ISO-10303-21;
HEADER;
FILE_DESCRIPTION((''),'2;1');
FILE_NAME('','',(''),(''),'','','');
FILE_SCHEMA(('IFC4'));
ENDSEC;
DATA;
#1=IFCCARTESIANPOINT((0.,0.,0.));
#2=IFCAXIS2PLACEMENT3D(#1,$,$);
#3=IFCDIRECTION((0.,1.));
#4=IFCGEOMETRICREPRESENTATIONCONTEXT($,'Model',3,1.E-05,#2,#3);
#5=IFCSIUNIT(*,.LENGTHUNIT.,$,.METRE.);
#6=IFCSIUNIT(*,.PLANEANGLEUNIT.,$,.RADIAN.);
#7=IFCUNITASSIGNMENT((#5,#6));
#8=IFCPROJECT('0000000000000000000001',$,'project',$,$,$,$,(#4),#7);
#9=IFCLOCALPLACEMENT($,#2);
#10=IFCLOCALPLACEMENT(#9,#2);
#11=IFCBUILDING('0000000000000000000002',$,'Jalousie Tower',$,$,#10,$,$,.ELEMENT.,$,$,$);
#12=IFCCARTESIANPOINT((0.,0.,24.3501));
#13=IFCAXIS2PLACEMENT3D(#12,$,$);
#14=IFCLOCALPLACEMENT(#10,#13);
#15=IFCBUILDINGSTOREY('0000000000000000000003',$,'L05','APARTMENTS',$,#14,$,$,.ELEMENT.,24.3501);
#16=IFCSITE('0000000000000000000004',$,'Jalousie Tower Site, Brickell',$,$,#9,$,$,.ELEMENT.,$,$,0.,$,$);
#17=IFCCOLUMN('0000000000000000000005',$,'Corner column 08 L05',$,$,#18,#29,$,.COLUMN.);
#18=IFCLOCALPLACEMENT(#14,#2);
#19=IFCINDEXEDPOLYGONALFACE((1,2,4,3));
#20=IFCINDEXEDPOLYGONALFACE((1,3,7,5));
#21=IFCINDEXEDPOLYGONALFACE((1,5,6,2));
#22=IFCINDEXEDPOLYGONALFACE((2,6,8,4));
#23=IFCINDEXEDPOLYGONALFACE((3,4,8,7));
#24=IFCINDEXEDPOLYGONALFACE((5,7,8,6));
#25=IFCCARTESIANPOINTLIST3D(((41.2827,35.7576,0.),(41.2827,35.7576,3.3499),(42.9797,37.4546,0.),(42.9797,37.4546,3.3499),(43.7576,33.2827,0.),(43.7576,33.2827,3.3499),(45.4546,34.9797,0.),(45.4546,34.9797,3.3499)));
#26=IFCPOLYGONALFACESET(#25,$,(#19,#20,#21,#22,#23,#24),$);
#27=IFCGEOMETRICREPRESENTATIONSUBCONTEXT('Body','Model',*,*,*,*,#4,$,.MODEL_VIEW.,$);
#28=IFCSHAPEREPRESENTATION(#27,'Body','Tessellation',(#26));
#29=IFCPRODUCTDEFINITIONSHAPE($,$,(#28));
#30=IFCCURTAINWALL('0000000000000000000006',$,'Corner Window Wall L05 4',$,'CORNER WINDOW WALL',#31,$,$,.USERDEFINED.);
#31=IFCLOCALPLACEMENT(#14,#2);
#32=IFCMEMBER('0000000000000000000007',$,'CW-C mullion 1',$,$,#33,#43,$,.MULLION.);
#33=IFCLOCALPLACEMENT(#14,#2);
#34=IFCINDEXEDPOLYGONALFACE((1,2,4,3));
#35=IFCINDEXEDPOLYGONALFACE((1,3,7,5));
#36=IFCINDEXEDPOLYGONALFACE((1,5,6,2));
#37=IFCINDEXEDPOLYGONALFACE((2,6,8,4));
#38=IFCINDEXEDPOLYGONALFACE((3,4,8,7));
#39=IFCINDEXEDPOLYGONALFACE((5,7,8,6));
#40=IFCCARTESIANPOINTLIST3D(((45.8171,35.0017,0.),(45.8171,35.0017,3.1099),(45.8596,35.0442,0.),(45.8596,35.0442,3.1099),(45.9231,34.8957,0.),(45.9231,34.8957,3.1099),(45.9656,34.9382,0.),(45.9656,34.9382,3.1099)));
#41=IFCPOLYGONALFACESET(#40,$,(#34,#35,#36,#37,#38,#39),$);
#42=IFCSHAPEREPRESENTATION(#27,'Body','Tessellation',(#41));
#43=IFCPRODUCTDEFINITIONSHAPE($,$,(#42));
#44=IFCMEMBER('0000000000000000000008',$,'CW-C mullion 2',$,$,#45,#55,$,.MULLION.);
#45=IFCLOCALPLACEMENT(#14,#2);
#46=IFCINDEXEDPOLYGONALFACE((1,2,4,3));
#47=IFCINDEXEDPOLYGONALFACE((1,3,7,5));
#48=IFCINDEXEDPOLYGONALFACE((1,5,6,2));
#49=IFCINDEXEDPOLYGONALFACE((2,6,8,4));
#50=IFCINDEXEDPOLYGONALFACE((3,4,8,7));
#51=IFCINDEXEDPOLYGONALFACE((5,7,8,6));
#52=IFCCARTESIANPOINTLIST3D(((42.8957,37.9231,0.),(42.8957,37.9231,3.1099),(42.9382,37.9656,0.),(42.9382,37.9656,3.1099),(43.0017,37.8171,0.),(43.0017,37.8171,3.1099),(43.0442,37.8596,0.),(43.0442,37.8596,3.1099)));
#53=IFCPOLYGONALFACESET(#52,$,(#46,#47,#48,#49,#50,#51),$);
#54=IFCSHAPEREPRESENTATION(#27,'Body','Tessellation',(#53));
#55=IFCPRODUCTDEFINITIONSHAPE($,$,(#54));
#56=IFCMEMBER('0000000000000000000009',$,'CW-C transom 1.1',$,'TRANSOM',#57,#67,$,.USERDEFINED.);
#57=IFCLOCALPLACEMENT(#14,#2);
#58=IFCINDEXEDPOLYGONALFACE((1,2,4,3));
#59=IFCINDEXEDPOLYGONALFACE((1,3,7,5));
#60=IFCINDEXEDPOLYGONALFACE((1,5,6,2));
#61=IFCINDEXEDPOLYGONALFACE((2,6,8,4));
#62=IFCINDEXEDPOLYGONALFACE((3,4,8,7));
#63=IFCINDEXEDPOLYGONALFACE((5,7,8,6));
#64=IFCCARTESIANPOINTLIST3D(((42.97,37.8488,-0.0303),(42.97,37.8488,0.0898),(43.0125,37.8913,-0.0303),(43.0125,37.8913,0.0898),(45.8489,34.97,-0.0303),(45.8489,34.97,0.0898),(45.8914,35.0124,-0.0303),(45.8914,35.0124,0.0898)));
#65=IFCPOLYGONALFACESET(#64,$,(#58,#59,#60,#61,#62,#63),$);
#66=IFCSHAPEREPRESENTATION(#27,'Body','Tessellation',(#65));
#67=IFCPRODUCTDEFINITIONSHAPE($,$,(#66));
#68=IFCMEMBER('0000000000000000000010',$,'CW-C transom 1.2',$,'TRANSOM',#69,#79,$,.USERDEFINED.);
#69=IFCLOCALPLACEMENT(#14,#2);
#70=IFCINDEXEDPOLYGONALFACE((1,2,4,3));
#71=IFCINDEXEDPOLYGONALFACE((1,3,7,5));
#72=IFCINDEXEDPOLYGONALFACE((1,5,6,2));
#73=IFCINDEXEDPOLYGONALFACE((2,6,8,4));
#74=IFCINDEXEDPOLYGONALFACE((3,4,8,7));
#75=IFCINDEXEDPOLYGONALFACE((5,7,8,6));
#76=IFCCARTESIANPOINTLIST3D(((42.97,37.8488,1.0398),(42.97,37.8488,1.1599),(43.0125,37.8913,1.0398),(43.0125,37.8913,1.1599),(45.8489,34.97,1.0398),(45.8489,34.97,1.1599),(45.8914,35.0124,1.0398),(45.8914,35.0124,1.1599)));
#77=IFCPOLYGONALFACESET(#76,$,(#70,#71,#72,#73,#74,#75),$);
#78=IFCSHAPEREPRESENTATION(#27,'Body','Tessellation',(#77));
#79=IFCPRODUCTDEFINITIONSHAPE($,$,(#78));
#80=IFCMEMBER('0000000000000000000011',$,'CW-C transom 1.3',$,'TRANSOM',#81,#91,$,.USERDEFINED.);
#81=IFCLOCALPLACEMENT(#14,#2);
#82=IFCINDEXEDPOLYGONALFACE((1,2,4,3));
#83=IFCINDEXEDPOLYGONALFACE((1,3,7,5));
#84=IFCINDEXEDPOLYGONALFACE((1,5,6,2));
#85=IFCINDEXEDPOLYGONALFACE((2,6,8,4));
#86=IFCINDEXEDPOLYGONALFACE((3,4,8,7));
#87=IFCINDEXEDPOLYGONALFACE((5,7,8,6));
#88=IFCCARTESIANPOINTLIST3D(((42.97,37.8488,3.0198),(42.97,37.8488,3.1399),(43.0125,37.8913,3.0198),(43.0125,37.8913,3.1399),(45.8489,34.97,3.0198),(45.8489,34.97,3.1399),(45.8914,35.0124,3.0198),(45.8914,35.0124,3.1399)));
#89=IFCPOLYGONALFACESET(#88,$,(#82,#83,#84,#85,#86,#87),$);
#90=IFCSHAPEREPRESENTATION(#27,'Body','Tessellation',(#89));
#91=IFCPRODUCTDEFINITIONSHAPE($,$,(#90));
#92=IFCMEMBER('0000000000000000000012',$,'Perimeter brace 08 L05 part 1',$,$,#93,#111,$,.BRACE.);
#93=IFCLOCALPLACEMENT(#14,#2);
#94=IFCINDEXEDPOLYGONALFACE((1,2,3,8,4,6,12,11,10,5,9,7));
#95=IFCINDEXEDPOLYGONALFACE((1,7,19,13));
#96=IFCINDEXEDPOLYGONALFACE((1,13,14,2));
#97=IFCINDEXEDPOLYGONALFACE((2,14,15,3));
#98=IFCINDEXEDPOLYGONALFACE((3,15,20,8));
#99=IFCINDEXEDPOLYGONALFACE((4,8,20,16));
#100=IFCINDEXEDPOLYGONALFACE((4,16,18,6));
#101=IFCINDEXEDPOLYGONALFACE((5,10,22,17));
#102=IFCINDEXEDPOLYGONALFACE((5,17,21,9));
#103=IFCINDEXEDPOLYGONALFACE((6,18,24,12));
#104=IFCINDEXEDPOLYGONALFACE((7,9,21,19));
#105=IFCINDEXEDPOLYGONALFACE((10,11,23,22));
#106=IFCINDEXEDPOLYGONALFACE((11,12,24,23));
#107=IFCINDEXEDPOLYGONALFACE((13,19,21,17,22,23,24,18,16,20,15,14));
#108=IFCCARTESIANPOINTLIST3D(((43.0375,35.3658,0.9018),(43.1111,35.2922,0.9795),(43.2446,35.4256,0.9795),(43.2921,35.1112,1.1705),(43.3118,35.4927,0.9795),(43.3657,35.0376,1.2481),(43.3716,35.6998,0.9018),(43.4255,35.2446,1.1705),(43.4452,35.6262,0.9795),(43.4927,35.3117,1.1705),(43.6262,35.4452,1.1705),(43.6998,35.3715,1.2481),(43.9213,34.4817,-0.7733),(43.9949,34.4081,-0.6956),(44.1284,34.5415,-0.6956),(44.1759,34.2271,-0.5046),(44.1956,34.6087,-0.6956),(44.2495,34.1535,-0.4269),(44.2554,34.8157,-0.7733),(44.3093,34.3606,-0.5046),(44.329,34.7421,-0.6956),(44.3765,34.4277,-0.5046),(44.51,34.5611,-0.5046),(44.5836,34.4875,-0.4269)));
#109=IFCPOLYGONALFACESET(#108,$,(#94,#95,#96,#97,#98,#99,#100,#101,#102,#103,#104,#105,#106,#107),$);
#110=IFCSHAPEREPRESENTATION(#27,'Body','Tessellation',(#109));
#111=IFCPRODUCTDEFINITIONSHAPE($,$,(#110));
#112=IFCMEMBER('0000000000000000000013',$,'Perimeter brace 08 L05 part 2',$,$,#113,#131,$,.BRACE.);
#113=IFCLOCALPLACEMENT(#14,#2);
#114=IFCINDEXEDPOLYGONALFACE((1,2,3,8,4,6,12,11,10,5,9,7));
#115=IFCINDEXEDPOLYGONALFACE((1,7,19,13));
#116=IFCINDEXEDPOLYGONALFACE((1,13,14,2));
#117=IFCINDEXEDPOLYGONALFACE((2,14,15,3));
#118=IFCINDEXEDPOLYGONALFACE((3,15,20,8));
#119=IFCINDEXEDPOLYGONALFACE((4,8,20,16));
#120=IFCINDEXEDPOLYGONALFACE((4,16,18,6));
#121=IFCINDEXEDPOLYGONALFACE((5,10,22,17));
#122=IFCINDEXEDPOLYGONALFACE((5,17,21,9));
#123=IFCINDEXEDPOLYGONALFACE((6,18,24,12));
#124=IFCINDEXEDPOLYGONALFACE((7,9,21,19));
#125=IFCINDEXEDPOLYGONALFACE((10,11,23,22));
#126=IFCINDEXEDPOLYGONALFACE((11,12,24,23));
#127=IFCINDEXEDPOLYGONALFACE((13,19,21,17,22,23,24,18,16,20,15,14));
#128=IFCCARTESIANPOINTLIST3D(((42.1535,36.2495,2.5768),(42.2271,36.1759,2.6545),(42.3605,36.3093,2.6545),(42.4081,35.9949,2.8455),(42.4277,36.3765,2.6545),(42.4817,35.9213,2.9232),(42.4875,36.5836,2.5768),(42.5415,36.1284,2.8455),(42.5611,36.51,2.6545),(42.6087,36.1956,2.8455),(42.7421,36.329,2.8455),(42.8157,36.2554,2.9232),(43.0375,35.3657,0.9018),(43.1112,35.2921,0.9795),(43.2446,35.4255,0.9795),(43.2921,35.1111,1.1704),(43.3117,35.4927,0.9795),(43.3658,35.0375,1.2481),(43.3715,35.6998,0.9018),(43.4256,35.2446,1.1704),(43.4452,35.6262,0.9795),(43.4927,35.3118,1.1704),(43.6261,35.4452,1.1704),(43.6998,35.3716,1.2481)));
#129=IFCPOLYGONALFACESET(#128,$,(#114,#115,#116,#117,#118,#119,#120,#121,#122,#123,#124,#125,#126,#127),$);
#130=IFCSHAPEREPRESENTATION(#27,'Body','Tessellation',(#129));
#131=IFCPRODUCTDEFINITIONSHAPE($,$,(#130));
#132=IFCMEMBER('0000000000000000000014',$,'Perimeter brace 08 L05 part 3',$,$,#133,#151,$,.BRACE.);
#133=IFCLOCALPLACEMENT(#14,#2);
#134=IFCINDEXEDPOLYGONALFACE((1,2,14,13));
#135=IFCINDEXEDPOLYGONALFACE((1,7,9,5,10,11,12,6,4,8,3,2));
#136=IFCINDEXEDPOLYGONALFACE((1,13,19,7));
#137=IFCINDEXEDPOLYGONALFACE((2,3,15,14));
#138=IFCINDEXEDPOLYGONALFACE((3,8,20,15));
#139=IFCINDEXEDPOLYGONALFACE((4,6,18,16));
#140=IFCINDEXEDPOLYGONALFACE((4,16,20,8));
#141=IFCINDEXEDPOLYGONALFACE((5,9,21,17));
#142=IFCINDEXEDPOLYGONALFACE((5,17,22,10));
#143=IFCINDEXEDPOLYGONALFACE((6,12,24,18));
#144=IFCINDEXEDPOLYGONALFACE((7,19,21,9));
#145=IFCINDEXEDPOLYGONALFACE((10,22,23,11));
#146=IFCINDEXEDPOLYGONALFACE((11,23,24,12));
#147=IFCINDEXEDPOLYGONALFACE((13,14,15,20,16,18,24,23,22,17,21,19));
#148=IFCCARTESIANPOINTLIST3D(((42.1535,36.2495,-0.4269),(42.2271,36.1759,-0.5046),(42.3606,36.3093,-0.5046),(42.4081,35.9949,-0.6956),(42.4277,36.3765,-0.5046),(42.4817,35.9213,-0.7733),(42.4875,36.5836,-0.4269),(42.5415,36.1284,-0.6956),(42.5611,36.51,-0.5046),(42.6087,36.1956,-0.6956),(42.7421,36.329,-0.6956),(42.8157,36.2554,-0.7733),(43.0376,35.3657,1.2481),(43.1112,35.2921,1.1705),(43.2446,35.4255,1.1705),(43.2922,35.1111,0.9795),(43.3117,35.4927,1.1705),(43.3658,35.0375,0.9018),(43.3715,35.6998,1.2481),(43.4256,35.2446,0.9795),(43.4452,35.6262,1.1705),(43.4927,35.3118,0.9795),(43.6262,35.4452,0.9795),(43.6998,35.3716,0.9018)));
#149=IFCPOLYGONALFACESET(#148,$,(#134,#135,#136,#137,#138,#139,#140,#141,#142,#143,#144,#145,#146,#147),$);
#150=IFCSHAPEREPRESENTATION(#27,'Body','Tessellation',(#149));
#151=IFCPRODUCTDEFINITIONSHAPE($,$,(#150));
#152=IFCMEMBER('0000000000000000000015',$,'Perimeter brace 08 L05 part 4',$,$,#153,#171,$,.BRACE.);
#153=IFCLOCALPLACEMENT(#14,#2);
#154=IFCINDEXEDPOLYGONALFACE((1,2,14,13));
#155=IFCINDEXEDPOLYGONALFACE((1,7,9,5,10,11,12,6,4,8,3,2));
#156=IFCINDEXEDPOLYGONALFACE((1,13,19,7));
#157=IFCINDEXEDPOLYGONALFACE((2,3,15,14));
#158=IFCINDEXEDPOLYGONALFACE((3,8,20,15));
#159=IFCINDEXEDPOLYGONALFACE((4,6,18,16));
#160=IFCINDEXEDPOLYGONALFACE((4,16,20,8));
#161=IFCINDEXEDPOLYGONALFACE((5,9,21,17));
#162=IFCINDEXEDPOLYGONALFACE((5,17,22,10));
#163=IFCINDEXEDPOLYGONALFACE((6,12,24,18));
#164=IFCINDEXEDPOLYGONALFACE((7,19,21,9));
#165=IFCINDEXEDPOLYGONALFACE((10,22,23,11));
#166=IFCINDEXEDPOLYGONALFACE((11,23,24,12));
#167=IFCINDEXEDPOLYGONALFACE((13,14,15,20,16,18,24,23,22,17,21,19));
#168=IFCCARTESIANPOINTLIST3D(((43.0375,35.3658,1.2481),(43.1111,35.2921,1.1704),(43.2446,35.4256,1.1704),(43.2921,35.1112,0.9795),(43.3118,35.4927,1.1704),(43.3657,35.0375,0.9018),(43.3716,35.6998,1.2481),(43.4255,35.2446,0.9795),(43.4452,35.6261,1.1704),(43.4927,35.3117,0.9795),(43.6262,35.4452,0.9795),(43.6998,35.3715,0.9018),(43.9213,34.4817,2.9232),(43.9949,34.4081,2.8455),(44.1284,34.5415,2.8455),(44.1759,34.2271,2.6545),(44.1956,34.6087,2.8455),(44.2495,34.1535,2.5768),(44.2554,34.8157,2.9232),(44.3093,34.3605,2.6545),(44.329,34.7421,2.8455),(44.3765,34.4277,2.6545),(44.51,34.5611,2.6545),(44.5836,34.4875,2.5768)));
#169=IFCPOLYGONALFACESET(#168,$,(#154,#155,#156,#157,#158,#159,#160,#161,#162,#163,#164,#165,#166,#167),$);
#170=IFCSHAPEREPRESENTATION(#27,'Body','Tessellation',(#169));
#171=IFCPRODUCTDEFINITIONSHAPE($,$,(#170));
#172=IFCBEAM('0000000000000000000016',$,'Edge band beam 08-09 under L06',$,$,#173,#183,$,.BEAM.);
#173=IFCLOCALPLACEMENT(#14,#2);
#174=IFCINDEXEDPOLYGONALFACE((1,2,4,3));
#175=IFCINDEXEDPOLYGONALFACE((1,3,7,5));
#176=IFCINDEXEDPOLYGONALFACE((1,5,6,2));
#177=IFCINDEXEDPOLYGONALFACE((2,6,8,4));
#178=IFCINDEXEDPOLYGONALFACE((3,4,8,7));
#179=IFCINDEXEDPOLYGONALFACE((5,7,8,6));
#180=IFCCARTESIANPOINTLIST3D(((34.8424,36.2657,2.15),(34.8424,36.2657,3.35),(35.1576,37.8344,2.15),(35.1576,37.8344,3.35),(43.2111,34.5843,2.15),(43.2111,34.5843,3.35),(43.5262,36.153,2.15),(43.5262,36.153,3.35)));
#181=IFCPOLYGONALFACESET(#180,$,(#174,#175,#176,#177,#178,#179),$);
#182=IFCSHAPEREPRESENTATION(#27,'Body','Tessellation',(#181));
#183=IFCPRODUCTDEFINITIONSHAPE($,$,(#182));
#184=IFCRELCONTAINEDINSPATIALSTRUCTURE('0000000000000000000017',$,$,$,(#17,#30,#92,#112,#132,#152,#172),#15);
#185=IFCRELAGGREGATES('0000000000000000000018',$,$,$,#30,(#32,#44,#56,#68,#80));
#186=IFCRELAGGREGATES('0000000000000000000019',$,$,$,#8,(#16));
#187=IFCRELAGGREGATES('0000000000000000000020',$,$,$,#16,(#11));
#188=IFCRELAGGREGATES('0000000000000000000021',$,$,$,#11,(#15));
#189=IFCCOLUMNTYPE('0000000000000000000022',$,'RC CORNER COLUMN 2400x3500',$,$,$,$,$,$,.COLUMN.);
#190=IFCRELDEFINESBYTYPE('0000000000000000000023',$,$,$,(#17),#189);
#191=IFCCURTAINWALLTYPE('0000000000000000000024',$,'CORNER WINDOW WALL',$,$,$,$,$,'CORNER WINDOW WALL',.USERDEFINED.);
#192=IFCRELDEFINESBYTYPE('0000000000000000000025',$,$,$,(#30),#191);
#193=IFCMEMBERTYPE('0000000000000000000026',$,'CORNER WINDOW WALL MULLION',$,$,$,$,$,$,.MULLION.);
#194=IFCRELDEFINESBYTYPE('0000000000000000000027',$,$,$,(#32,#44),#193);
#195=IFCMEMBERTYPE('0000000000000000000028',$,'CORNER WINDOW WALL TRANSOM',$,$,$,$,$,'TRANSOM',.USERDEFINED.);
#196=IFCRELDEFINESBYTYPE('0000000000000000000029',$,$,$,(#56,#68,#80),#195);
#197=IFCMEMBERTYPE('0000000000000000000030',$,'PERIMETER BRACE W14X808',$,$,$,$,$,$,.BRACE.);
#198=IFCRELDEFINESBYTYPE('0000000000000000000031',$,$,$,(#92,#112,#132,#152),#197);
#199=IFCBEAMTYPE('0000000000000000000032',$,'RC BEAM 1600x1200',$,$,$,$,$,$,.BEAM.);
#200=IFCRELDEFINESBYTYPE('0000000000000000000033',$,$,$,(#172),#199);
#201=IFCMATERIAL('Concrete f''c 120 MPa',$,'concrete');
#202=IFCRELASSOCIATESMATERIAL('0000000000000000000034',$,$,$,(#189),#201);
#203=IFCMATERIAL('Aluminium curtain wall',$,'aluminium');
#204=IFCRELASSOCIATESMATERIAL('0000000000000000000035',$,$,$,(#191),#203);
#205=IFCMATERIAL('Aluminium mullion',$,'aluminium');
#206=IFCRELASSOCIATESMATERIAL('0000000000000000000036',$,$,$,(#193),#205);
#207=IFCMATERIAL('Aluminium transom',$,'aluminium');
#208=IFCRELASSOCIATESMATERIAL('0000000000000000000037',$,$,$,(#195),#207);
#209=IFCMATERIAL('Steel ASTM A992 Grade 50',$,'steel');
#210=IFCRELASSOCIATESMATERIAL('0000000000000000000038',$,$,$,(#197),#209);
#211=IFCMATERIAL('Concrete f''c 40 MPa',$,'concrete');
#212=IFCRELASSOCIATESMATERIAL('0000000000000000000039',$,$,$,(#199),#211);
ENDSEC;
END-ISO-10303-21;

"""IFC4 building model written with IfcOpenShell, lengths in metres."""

from ifc_helpers import new_model, si_unit, direction, frame, origin, origin_2d, place, context, subcontext, project, spatial, rectangle, i_section, extrude, material, material_profile, profile_set, type_object, element, aggregate, save


model = new_model("IFC4")

# Units and contexts
model_context = context("Model", 3, precision=1e-05, world=origin(), true_north=direction((0.0, 1.0)))
body_context = subcontext(model_context, "Body", "Model", "MODEL_VIEW")
ifc_project = project(units=[si_unit("LENGTHUNIT", "METRE"), si_unit("PLANEANGLEUNIT", "RADIAN")], contexts=[model_context])

# Site, building, storey
site_placement = place(None, origin())
site = spatial("IfcSite", under=ifc_project, at=site_placement, Name="Jalousie Tower Site, Brickell", CompositionType="ELEMENT", RefElevation=0.0)
building_placement = place(site_placement, origin())
building = spatial("IfcBuilding", under=site, at=building_placement, Name="Jalousie Tower", CompositionType="ELEMENT")
storey_placement = place(building_placement, frame((0.0, 0.0, 24.3501)))
storey = spatial("IfcBuildingStorey", under=building, at=storey_placement, Name="L05", Description="APARTMENTS", CompositionType="ELEMENT", Elevation=24.3501)

# Column
ifc_material_1 = material(Name="Concrete f'c 120 MPa", Category="concrete")
ifc_material_profile_1 = material_profile(ifc_material_1, rectangle(XDim=2.3999, YDim=3.5, at=origin_2d()), Name="RC 2400x3500")
ifc_profile_set_1 = profile_set([ifc_material_profile_1], Name="Concrete f'c 120 MPa")
column_type = type_object("IfcColumnType", Name="RC CORNER COLUMN 2400x3500", PredefinedType="COLUMN", material=ifc_profile_set_1)
column_placement = place(storey_placement, frame((43.3687, 35.3687, 0.0), z_axis=(0.0, 0.0, 1.0), x_axis=(-0.707107, -0.707107, 0.0)))
element("IfcColumn", 1, at=column_placement, inside=storey, type_object=column_type, Name="Corner column 08 L05", PredefinedType="COLUMN", context=body_context, shape_type="SweptSolid", body=[
    extrude(rectangle(XDim=2.3999, YDim=3.5, at=origin_2d()), origin(), (0.0, 0.0, 1.0), 3.3499),
])

# Curtain wall, members
ifc_material_2 = material(Name="Aluminium curtain wall", Category="aluminium")
curtain_wall_type_1 = type_object("IfcCurtainWallType", Name="CORNER WINDOW WALL", ElementType="CORNER WINDOW WALL", PredefinedType="USERDEFINED", material=ifc_material_2)
curtain_wall_1_placement = place(storey_placement, origin())
curtain_wall_1 = element("IfcCurtainWall", 2, at=curtain_wall_1_placement, inside=storey, type_object=curtain_wall_type_1, Name="Corner Window Wall L05 4", ObjectType="CORNER WINDOW WALL", PredefinedType="USERDEFINED")
ifc_material_3 = material(Name="Aluminium mullion", Category="aluminium")
ifc_material_profile_2 = material_profile(ifc_material_3, rectangle(XDim=0.0601, YDim=0.1499, at=origin_2d()), Name="MULLION 60x150")
ifc_profile_set_2 = profile_set([ifc_material_profile_2], Name="Aluminium mullion")
member_type_1 = type_object("IfcMemberType", Name="CORNER WINDOW WALL MULLION", PredefinedType="MULLION", material=ifc_profile_set_2)
member_1_placement = place(storey_placement, frame((45.8914, 34.97, 0.0), z_axis=(0.0, 0.0, 1.0), x_axis=(-0.707107, -0.707107, 0.0)))
member_1 = element("IfcMember", 3, at=member_1_placement, type_object=member_type_1, Name="CW-C mullion 1", PredefinedType="MULLION", context=body_context, shape_type="SweptSolid", body=[
    extrude(rectangle(XDim=0.0601, YDim=0.1499, at=origin_2d()), origin(), (0.0, 0.0, 1.0), 3.1099),
])
member_2_placement = place(storey_placement, frame((42.97, 37.8914, 0.0), z_axis=(0.0, 0.0, 1.0), x_axis=(-0.707107, -0.707107, 0.0)))
member_2 = element("IfcMember", 4, at=member_2_placement, type_object=member_type_1, Name="CW-C mullion 2", PredefinedType="MULLION", context=body_context, shape_type="SweptSolid", body=[
    extrude(rectangle(XDim=0.0601, YDim=0.1499, at=origin_2d()), origin(), (0.0, 0.0, 1.0), 3.1099),
])
ifc_material_4 = material(Name="Aluminium transom", Category="aluminium")
ifc_material_profile_3 = material_profile(ifc_material_4, rectangle(XDim=0.0601, YDim=0.1201, at=origin_2d()), Name="TRANSOM 60x120")
ifc_profile_set_3 = profile_set([ifc_material_profile_3], Name="Aluminium transom")
member_type_2 = type_object("IfcMemberType", Name="CORNER WINDOW WALL TRANSOM", ElementType="TRANSOM", PredefinedType="USERDEFINED", material=ifc_profile_set_3)
member_3_placement = place(storey_placement, frame((45.8701, 34.9912, 0.0298), z_axis=(-0.707107, 0.707107, 0.0), x_axis=(-0.707107, -0.707107, 0.0)))
member_3 = element("IfcMember", 5, at=member_3_placement, type_object=member_type_2, Name="CW-C transom 1.1", ObjectType="TRANSOM", PredefinedType="USERDEFINED", context=body_context, shape_type="SweptSolid", body=[
    extrude(rectangle(XDim=0.0601, YDim=0.1201, at=origin_2d()), origin(), (0.0, 0.0, 1.0), 4.0713),
])
member_4_placement = place(storey_placement, frame((45.8701, 34.9912, 1.0999), z_axis=(-0.707107, 0.707107, 0.0), x_axis=(-0.707107, -0.707107, 0.0)))
member_4 = element("IfcMember", 6, at=member_4_placement, type_object=member_type_2, Name="CW-C transom 1.2", ObjectType="TRANSOM", PredefinedType="USERDEFINED", context=body_context, shape_type="SweptSolid", body=[
    extrude(rectangle(XDim=0.0601, YDim=0.1201, at=origin_2d()), origin(), (0.0, 0.0, 1.0), 4.0713),
])
member_5_placement = place(storey_placement, frame((45.8701, 34.9912, 3.0798), z_axis=(-0.707107, 0.707107, 0.0), x_axis=(-0.707107, -0.707107, 0.0)))
member_5 = element("IfcMember", 7, at=member_5_placement, type_object=member_type_2, Name="CW-C transom 1.3", ObjectType="TRANSOM", PredefinedType="USERDEFINED", context=body_context, shape_type="SweptSolid", body=[
    extrude(rectangle(XDim=0.0601, YDim=0.1201, at=origin_2d()), origin(), (0.0, 0.0, 1.0), 4.0713),
])

# Members
ifc_material_5 = material(Name="Steel ASTM A992 Grade 50", Category="steel")
ifc_material_profile_4 = material_profile(ifc_material_5, i_section(OverallWidth=0.4724, OverallDepth=0.5791, WebThickness=0.095, FlangeThickness=0.1299, at=origin_2d()), Name="W14X808")
ifc_profile_set_4 = profile_set([ifc_material_profile_4], Name="Steel ASTM A992 Grade 50")
member_type_3 = type_object("IfcMemberType", Name="PERIMETER BRACE W14X808", PredefinedType="BRACE", material=ifc_profile_set_4)
for number, where, z_axis, x_axis, name in (
    (8, (44.2524, 34.4846, -0.6001), (-0.422852, 0.422969, 0.801432), (-0.707204, -0.707009, 0.0), "Perimeter brace 08 L05 part 1"),
    (9, (43.3687, 35.3687, 1.075), (-0.422969, 0.422852, 0.801432), (-0.707009, -0.707204, 0.0), "Perimeter brace 08 L05 part 2"),
    (10, (42.4846, 36.2524, -0.6001), (0.422969, -0.422852, 0.801432), (0.707009, 0.707204, 0.0), "Perimeter brace 08 L05 part 3"),
    (11, (43.3687, 35.3687, 1.075), (0.422852, -0.422969, 0.801432), (0.707204, 0.707009, 0.0), "Perimeter brace 08 L05 part 4"),
):
    element("IfcMember", number, at=place(storey_placement, frame(where, z_axis=z_axis, x_axis=x_axis)), inside=storey, type_object=member_type_3, Name=name, PredefinedType="BRACE", context=body_context, shape_type="SweptSolid", body=[
        extrude(i_section(OverallWidth=0.4724, OverallDepth=0.5791, WebThickness=0.095, FlangeThickness=0.1299, at=origin_2d()), origin(), (0.0, 0.0, 1.0), 2.0901),
    ])

# Beam
ifc_material_6 = material(Name="Concrete f'c 40 MPa", Category="concrete")
ifc_material_profile_5 = material_profile(ifc_material_6, rectangle(XDim=1.6001, YDim=1.2, at=origin_2d()), Name="RC 1600x1200")
ifc_profile_set_5 = profile_set([ifc_material_profile_5], Name="Concrete f'c 40 MPa")
beam_type_1 = type_object("IfcBeamType", Name="RC BEAM 1600x1200", PredefinedType="BEAM", material=ifc_profile_set_5)
beam_1_placement = place(storey_placement, frame((43.3687, 35.3687, 2.75), z_axis=(-0.980408, 0.19698, 0.0), x_axis=(-0.19698, -0.980408, 0.0)))
element("IfcBeam", 12, at=beam_1_placement, inside=storey, type_object=beam_type_1, Name="Edge band beam 08-09 under L06", PredefinedType="BEAM", context=body_context, shape_type="SweptSolid", body=[
    extrude(rectangle(XDim=1.6001, YDim=1.2, at=origin_2d()), origin(), (0.0, 0.0, 1.0), 8.5359),
])

aggregate(curtain_wall_1, [member_1, member_2, member_3, member_4, member_5])

save(model, "model.ifc")
